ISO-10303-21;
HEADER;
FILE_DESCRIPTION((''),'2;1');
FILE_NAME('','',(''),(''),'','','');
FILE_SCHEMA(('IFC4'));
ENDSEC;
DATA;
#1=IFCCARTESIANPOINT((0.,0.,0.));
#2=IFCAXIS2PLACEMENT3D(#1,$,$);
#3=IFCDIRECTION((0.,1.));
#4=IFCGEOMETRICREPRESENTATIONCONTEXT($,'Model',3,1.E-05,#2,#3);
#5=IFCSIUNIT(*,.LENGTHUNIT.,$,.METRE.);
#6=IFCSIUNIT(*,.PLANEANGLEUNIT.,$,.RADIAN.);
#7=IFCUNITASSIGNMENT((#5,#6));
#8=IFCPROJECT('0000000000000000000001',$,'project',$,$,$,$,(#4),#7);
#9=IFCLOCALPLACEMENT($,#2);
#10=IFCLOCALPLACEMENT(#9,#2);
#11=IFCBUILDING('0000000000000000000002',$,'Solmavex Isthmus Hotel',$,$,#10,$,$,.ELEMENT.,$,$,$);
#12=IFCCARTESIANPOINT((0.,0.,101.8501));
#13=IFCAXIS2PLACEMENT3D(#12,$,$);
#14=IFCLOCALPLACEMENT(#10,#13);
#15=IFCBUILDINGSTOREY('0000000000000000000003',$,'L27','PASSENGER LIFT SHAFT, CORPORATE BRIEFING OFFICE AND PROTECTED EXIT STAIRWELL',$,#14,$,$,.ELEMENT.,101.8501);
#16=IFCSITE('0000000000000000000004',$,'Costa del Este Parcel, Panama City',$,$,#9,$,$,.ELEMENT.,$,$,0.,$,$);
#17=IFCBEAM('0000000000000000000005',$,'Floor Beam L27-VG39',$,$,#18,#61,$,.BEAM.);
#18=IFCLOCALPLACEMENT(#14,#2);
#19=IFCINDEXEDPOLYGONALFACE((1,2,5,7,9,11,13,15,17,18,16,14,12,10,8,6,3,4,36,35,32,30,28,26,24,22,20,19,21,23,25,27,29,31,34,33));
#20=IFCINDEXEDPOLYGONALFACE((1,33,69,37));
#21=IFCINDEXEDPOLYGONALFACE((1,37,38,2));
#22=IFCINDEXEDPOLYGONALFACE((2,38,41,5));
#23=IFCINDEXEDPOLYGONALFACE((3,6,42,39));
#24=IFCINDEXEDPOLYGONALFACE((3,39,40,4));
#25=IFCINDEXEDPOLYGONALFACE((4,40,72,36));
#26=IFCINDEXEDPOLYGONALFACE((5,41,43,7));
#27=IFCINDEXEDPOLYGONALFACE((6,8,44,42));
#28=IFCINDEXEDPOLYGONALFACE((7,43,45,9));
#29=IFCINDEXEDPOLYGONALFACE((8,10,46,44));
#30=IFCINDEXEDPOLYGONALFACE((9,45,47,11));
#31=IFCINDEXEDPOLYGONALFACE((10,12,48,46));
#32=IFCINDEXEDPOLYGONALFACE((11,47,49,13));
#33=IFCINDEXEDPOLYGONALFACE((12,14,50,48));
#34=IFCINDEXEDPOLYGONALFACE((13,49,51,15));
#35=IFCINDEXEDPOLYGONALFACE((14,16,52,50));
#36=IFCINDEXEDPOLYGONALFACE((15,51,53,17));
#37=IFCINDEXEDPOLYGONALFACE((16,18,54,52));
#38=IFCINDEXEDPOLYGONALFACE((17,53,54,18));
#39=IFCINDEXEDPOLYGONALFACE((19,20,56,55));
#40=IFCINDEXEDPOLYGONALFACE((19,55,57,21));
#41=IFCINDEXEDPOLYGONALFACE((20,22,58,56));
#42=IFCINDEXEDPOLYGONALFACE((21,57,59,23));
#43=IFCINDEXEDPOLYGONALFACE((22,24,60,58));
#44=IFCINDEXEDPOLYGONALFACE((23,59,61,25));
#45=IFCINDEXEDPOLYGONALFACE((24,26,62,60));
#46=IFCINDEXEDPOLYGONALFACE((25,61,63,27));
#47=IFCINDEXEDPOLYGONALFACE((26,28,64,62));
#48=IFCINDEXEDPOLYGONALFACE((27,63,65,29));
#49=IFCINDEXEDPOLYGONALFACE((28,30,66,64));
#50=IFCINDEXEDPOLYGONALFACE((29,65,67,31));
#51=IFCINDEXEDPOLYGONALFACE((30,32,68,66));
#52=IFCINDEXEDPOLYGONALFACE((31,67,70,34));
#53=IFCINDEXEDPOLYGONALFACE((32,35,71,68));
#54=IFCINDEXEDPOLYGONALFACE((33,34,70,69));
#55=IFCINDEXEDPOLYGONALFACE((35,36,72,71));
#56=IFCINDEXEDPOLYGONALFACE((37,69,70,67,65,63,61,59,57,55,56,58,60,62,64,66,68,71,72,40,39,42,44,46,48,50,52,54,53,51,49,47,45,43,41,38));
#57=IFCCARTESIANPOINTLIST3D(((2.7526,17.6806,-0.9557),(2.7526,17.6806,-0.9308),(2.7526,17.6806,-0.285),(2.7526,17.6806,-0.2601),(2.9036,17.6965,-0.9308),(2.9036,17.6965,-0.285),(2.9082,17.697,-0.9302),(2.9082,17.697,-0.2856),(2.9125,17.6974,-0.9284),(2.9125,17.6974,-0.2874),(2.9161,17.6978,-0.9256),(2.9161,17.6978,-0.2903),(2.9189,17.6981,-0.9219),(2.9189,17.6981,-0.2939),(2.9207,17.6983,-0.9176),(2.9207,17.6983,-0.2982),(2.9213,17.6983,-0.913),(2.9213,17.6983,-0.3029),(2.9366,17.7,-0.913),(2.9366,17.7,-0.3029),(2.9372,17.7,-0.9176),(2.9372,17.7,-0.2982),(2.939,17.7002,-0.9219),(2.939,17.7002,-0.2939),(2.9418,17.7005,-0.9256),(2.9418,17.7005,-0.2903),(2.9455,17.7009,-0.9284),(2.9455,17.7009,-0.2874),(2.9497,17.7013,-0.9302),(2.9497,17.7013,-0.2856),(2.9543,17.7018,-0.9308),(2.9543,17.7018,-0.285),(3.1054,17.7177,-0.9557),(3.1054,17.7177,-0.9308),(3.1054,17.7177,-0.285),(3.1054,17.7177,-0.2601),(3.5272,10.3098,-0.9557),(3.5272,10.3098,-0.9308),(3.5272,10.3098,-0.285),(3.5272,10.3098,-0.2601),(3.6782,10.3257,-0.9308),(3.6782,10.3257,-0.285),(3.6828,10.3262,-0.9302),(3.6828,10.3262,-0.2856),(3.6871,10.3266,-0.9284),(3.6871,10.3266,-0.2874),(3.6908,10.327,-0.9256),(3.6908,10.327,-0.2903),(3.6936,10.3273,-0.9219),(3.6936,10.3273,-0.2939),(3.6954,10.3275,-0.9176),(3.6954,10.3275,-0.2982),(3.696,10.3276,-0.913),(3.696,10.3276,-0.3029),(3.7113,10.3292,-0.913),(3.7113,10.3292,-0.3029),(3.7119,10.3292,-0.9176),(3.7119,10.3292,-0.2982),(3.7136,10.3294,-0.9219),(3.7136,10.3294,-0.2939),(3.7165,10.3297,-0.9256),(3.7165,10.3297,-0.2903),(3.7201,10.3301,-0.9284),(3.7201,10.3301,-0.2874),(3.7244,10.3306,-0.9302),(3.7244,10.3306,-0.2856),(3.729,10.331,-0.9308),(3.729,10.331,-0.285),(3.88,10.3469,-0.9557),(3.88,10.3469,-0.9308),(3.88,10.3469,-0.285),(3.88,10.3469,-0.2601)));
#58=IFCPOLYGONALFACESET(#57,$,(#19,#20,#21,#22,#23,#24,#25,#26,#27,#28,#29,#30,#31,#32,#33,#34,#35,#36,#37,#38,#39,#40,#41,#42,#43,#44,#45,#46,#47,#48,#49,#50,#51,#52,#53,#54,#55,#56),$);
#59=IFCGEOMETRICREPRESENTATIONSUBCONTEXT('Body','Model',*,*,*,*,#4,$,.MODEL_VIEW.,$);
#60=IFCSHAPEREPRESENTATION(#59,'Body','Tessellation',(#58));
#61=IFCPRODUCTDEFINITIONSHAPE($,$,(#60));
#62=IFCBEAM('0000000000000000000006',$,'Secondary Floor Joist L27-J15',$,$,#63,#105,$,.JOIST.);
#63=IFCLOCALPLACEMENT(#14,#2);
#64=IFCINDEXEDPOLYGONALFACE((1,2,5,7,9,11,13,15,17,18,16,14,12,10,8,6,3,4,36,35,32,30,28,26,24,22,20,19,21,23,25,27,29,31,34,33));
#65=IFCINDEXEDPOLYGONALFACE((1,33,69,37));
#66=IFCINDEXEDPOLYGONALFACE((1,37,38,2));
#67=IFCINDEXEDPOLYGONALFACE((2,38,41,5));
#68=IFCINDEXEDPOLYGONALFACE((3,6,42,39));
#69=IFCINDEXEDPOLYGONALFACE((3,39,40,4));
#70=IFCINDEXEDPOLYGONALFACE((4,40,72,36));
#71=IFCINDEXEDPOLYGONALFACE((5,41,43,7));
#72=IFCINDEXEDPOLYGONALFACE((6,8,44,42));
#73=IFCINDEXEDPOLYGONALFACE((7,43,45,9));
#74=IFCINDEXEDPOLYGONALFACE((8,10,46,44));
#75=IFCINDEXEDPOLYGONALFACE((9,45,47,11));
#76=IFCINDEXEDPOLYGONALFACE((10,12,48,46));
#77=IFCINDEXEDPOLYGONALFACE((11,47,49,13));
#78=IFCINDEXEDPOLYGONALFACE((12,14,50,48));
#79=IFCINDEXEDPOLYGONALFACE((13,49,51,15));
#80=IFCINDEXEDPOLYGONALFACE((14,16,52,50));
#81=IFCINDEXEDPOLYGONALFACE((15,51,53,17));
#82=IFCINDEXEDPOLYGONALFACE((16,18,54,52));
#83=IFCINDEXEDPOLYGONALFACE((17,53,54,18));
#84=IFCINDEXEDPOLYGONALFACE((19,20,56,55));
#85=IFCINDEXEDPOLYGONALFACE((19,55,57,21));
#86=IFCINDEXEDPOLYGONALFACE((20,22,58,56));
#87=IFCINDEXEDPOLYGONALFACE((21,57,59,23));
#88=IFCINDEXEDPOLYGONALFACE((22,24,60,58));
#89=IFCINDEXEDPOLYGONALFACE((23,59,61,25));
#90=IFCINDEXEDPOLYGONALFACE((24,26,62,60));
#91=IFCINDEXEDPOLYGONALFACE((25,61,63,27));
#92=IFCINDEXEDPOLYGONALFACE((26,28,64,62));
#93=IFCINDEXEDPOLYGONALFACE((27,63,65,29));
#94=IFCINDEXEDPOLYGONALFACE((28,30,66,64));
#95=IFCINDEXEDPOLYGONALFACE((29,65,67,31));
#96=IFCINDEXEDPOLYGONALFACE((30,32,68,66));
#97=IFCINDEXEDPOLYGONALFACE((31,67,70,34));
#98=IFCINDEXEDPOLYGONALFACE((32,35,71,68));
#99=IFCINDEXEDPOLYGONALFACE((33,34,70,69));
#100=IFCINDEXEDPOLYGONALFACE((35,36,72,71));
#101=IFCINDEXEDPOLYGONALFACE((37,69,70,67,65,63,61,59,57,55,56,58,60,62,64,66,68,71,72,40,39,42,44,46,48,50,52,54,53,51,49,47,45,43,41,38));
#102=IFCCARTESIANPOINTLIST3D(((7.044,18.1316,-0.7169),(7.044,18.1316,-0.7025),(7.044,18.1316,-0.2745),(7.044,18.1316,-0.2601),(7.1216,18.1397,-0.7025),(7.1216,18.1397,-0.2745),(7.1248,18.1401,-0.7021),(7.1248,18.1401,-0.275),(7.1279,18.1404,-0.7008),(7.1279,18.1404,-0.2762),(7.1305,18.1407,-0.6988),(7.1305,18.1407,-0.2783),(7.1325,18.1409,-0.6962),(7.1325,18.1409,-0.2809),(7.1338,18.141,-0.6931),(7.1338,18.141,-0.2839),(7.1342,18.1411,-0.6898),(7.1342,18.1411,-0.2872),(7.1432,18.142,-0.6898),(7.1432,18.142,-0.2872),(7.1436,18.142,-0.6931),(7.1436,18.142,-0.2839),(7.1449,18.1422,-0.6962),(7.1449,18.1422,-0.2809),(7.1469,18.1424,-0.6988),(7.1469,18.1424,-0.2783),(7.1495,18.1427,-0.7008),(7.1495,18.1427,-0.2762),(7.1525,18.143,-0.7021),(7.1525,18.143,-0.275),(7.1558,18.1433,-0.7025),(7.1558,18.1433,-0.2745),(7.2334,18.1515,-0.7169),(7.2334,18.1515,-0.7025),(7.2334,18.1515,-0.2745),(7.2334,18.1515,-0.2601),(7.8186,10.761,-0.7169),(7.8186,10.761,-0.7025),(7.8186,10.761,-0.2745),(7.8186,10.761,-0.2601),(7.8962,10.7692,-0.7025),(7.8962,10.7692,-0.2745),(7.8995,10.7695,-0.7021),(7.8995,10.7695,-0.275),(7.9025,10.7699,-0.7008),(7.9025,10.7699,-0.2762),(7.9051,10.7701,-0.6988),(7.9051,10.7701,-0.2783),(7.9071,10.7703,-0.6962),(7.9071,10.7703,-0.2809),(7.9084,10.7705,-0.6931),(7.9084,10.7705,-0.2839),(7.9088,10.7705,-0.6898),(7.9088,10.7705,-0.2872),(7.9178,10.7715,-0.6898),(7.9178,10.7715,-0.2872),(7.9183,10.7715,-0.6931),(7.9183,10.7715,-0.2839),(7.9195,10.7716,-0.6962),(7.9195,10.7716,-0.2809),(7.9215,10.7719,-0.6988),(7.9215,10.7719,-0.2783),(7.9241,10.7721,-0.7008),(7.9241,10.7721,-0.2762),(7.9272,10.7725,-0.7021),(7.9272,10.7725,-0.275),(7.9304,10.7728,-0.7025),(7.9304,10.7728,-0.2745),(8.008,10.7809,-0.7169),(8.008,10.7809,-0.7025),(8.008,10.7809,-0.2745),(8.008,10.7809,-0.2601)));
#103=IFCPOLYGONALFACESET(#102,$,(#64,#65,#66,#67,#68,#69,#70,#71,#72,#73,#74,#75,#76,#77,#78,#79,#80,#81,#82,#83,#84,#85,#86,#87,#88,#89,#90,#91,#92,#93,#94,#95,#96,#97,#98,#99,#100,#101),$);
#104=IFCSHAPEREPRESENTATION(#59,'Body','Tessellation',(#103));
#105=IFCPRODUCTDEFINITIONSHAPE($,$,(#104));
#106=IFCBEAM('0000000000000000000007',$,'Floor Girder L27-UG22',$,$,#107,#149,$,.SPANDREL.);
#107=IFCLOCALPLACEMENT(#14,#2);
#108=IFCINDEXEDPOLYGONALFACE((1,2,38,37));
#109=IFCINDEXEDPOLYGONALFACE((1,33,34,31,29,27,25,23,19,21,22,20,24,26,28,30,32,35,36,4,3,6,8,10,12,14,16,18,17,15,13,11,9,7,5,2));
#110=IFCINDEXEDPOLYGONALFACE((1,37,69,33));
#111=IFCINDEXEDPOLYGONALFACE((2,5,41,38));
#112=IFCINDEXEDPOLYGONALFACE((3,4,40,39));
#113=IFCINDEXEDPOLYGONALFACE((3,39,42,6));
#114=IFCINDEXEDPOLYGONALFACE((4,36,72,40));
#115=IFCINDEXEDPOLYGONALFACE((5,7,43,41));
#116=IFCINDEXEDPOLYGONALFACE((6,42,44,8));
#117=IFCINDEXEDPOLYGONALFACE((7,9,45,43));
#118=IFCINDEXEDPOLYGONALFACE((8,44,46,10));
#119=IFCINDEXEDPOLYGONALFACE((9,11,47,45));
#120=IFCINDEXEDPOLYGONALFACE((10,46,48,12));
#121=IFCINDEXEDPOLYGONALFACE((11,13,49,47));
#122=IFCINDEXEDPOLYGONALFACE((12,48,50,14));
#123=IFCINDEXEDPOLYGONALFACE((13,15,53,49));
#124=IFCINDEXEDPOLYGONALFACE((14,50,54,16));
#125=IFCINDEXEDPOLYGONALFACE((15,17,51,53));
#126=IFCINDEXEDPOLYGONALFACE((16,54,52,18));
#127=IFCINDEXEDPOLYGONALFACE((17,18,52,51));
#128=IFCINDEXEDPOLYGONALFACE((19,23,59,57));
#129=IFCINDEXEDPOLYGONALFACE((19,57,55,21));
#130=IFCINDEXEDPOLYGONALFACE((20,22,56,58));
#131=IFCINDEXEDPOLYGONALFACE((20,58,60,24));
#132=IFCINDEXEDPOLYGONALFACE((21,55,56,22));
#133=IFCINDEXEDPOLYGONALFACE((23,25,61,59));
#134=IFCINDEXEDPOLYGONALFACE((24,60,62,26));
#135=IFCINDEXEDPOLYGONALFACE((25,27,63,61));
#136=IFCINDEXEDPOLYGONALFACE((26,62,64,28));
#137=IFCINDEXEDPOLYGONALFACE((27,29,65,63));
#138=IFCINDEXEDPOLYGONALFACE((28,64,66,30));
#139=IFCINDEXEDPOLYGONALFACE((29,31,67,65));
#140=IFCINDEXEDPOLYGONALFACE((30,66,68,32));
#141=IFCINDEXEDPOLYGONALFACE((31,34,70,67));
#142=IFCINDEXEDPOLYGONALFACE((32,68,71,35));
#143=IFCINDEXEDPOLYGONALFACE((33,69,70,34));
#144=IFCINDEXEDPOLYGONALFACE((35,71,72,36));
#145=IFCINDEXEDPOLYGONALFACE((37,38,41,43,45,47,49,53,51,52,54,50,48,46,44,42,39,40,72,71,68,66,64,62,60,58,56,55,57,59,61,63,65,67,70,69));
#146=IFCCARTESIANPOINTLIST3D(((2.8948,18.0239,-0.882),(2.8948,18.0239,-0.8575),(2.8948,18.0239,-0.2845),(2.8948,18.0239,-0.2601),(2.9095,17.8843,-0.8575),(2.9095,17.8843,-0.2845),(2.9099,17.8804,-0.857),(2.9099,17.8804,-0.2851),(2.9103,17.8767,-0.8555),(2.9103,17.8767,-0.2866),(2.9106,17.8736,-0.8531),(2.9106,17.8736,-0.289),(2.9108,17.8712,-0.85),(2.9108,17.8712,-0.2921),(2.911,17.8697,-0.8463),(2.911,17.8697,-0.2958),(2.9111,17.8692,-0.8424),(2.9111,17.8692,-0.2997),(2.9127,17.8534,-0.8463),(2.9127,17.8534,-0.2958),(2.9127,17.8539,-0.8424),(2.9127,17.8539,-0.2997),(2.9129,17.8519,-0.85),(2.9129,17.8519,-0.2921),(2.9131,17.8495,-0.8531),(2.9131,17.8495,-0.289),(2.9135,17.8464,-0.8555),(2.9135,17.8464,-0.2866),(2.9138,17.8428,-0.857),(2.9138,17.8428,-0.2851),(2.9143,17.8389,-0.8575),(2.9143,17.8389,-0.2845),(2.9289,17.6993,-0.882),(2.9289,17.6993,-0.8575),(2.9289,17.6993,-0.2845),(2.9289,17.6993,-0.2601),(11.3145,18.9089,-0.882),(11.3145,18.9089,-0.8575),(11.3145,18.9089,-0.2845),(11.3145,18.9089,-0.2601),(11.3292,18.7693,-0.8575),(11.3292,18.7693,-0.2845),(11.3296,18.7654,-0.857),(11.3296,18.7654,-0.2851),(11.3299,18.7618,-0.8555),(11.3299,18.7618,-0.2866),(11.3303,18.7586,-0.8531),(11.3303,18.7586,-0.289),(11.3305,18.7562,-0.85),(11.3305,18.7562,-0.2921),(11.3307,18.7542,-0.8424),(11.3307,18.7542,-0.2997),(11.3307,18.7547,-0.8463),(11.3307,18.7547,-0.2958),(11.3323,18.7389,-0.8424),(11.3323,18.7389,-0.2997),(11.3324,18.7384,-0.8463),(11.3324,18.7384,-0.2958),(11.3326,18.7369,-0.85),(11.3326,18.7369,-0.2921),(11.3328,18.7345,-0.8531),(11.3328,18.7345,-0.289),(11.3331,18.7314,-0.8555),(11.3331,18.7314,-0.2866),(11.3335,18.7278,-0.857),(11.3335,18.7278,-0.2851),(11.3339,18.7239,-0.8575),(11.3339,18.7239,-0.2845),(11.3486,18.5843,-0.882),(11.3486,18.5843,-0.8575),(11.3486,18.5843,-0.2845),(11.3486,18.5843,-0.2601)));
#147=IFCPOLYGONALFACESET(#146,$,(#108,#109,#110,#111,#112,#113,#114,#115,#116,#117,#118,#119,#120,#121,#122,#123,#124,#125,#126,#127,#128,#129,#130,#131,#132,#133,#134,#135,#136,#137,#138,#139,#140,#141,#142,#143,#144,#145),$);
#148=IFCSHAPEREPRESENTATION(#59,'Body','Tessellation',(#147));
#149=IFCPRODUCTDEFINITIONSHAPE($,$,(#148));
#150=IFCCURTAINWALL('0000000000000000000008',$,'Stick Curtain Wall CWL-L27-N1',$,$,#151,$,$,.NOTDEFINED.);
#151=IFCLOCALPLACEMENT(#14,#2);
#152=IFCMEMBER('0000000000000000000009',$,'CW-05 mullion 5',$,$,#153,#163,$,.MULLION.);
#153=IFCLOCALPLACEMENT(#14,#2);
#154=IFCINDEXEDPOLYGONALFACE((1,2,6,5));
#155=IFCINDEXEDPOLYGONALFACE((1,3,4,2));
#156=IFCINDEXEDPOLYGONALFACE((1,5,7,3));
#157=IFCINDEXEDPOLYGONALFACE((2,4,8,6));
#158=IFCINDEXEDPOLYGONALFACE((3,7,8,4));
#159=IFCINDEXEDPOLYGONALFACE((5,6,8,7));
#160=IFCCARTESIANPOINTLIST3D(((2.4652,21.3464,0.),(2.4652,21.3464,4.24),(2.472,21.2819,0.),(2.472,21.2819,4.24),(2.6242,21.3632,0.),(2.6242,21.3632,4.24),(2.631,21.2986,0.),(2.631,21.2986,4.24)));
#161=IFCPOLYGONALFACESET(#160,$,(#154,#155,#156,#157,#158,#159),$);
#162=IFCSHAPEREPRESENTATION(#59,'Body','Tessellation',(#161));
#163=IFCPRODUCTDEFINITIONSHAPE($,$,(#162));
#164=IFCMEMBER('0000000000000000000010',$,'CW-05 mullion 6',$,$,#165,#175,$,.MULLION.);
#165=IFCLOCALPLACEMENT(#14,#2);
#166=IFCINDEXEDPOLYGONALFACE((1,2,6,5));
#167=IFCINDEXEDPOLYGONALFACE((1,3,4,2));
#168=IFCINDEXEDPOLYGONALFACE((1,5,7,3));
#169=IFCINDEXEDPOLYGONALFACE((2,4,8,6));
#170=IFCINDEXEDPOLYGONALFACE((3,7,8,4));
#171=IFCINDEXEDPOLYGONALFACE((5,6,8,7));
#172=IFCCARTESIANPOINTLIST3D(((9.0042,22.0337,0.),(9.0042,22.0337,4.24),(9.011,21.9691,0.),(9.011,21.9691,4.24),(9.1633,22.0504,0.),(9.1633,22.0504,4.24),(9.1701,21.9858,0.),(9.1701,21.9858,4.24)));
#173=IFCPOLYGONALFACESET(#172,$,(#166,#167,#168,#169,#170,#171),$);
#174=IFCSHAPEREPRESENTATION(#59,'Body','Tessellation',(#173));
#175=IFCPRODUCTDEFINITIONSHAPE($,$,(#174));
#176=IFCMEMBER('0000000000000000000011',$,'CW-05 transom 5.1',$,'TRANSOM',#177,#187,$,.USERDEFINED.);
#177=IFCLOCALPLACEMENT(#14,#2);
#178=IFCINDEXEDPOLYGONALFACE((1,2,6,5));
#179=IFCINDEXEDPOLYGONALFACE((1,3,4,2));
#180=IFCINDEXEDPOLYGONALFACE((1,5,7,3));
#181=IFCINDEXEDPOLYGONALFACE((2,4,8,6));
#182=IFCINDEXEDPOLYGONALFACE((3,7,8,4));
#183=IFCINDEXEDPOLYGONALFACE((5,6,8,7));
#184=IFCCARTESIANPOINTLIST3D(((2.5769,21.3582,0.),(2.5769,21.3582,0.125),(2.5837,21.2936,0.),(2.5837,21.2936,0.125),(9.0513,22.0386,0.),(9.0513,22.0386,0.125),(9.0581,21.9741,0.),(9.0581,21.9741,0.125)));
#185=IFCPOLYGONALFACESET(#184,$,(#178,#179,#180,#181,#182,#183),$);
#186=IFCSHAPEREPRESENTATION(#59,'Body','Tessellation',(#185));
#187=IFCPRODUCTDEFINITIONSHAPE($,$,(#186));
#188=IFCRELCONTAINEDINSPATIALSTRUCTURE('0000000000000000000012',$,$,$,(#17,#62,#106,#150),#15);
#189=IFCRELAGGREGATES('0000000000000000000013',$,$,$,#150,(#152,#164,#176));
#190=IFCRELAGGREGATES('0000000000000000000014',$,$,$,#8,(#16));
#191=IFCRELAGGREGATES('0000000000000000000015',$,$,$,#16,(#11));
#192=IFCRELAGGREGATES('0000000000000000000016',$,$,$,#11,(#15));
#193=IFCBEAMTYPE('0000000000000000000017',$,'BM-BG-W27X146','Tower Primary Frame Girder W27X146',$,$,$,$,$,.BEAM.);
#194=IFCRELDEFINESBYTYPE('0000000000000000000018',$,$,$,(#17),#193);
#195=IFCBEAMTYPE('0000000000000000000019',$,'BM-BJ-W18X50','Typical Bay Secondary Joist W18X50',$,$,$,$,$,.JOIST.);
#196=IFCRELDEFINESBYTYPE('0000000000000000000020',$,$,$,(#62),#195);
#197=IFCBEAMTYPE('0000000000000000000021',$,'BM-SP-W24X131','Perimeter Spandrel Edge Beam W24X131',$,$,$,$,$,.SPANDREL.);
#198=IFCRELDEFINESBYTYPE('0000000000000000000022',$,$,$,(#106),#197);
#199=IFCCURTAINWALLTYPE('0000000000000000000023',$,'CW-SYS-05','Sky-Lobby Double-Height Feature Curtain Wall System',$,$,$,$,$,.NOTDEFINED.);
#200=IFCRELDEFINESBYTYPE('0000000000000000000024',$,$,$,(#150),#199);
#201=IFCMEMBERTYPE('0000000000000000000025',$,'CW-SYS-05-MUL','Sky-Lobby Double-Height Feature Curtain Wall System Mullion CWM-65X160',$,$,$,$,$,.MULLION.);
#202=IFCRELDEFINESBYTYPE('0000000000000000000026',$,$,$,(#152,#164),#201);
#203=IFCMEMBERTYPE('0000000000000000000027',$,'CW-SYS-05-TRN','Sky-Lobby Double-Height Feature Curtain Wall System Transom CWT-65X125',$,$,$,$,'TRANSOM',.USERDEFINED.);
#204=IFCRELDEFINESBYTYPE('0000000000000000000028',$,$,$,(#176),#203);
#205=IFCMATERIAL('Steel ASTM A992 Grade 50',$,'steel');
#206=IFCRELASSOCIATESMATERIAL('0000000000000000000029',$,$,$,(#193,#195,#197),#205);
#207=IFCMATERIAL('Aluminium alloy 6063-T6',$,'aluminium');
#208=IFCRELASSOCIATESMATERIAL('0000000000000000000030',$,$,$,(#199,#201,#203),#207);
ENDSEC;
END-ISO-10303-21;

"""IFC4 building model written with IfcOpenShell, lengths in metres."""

from ifc_helpers import new_model, si_unit, direction, frame, origin, origin_2d, place, context, subcontext, project, spatial, rectangle, i_section, extrude, material, material_profile, profile_set, type_object, element, aggregate, save


model = new_model("IFC4")

# Units and contexts
model_context = context("Model", 3, precision=1e-05, world=origin(), true_north=direction((0.0, 1.0)))
body_context = subcontext(model_context, "Body", "Model", "MODEL_VIEW")
ifc_project = project(units=[si_unit("LENGTHUNIT", "METRE"), si_unit("PLANEANGLEUNIT", "RADIAN")], contexts=[model_context])

# Site, building, storey
site_placement = place(None, origin())
site = spatial("IfcSite", under=ifc_project, at=site_placement, Name="Costa del Este Parcel, Panama City", CompositionType="ELEMENT", RefElevation=0.0)
building_placement = place(site_placement, origin())
building = spatial("IfcBuilding", under=site, at=building_placement, Name="Solmavex Isthmus Hotel", CompositionType="ELEMENT")
storey_placement = place(building_placement, frame((0.0, 0.0, 101.8501)))
storey = spatial("IfcBuildingStorey", under=building, at=storey_placement, Name="L27", Description="PASSENGER LIFT SHAFT, CORPORATE BRIEFING OFFICE AND PROTECTED EXIT STAIRWELL", CompositionType="ELEMENT", Elevation=101.8501)

# Beams
ifc_material_1 = material(Name="Steel ASTM A992 Grade 50", Category="steel")
ifc_material_profile_1 = material_profile(ifc_material_1, i_section(OverallWidth=0.3547, OverallDepth=0.6956, WebThickness=0.0154, FlangeThickness=0.0249, FilletRadius=0.0178, at=origin_2d()), Name="W27X146")
ifc_profile_set_1 = profile_set([ifc_material_profile_1], Name="Steel ASTM A992 Grade 50")
beam_type_1 = type_object("IfcBeamType", Name="BM-BG-W27X146", Description="Tower Primary Frame Girder W27X146", PredefinedType="BEAM", material=ifc_profile_set_1)
beam_1_placement = place(storey_placement, frame((3.7036, 10.3284, -0.6079), z_axis=(-0.104522, 0.994523, 0.0), x_axis=(-0.994523, -0.104522, 0.0)))
element("IfcBeam", 1, at=beam_1_placement, inside=storey, type_object=beam_type_1, Name="Floor Beam L27-VG39", PredefinedType="BEAM", context=body_context, shape_type="SweptSolid", body=[
    extrude(i_section(OverallWidth=0.3547, OverallDepth=0.6956, WebThickness=0.0154, FlangeThickness=0.0249, FilletRadius=0.0178, at=origin_2d()), origin(), (0.0, 0.0, 1.0), 7.4114),
])
ifc_material_profile_2 = material_profile(ifc_material_1, i_section(OverallWidth=0.1904, OverallDepth=0.4568, WebThickness=0.009, FlangeThickness=0.0144, FilletRadius=0.0127, at=origin_2d()), Name="W18X50")
ifc_profile_set_2 = profile_set([ifc_material_profile_2], Name="Steel ASTM A992 Grade 50")
beam_type_2 = type_object("IfcBeamType", Name="BM-BJ-W18X50", Description="Typical Bay Secondary Joist W18X50", PredefinedType="JOIST", material=ifc_profile_set_2)
beam_2_placement = place(storey_placement, frame((7.9133, 10.771, -0.4885), z_axis=(-0.104525, 0.994522, 0.0), x_axis=(-0.994522, -0.104525, 0.0)))
element("IfcBeam", 2, at=beam_2_placement, inside=storey, type_object=beam_type_2, Name="Secondary Floor Joist L27-J15", PredefinedType="JOIST", context=body_context, shape_type="SweptSolid", body=[
    extrude(i_section(OverallWidth=0.1904, OverallDepth=0.4568, WebThickness=0.009, FlangeThickness=0.0144, FilletRadius=0.0127, at=origin_2d()), origin(), (0.0, 0.0, 1.0), 7.4111),
])
ifc_material_profile_3 = material_profile(ifc_material_1, i_section(OverallWidth=0.3264, OverallDepth=0.6218, WebThickness=0.0154, FlangeThickness=0.0244, FilletRadius=0.0151, at=origin_2d()), Name="W24X131")
ifc_profile_set_3 = profile_set([ifc_material_profile_3], Name="Steel ASTM A992 Grade 50")
beam_type_3 = type_object("IfcBeamType", Name="BM-SP-W24X131", Description="Perimeter Spandrel Edge Beam W24X131", PredefinedType="SPANDREL", material=ifc_profile_set_3)
beam_3_placement = place(storey_placement, frame((2.9119, 17.8616, -0.571), z_axis=(0.994521, 0.104536, 0.0), x_axis=(-0.104536, 0.994521, 0.0)))
element("IfcBeam", 3, at=beam_3_placement, inside=storey, type_object=beam_type_3, Name="Floor Girder L27-UG22", PredefinedType="SPANDREL", context=body_context, shape_type="SweptSolid", body=[
    extrude(i_section(OverallWidth=0.3264, OverallDepth=0.6218, WebThickness=0.0154, FlangeThickness=0.0244, FilletRadius=0.0151, at=origin_2d()), origin(), (0.0, 0.0, 1.0), 8.4661),
])

# Curtain wall, members
ifc_material_2 = material(Name="Aluminium alloy 6063-T6", Category="aluminium")
curtain_wall_type = type_object("IfcCurtainWallType", Name="CW-SYS-05", Description="Sky-Lobby Double-Height Feature Curtain Wall System", PredefinedType="NOTDEFINED", material=ifc_material_2)
curtain_wall_placement = place(storey_placement, origin())
curtain_wall = element("IfcCurtainWall", 4, at=curtain_wall_placement, inside=storey, type_object=curtain_wall_type, Name="Stick Curtain Wall CWL-L27-N1", PredefinedType="NOTDEFINED")
ifc_material_profile_4 = material_profile(ifc_material_2, rectangle(XDim=0.0649, YDim=0.1599, at=origin_2d()), Name="CWM-65X160")
ifc_profile_set_4 = profile_set([ifc_material_profile_4], Name="Aluminium alloy 6063-T6")
member_type_1 = type_object("IfcMemberType", Name="CW-SYS-05-MUL", Description="Sky-Lobby Double-Height Feature Curtain Wall System Mullion CWM-65X160", PredefinedType="MULLION", material=ifc_profile_set_4)
member_1_placement = place(storey_placement, frame((2.5481, 21.3225, 0.0), z_axis=(0.0, 0.0, 1.0), x_axis=(-0.104528, 0.994522, 0.0)))
member_1 = element("IfcMember", 5, at=member_1_placement, type_object=member_type_1, Name="CW-05 mullion 5", PredefinedType="MULLION", context=body_context, shape_type="SweptSolid", body=[
    extrude(rectangle(XDim=0.0649, YDim=0.1599, at=origin_2d()), origin(), (0.0, 0.0, 1.0), 4.24),
])
member_2_placement = place(storey_placement, frame((9.0872, 22.0098, 0.0), z_axis=(0.0, 0.0, 1.0), x_axis=(-0.104528, 0.994522, 0.0)))
member_2 = element("IfcMember", 6, at=member_2_placement, type_object=member_type_1, Name="CW-05 mullion 6", PredefinedType="MULLION", context=body_context, shape_type="SweptSolid", body=[
    extrude(rectangle(XDim=0.0649, YDim=0.1599, at=origin_2d()), origin(), (0.0, 0.0, 1.0), 4.24),
])
ifc_material_profile_5 = material_profile(ifc_material_2, rectangle(XDim=0.0649, YDim=0.125, at=origin_2d()), Name="CWT-65X125")
ifc_profile_set_5 = profile_set([ifc_material_profile_5], Name="Aluminium alloy 6063-T6")
member_type_2 = type_object("IfcMemberType", Name="CW-SYS-05-TRN", Description="Sky-Lobby Double-Height Feature Curtain Wall System Transom CWT-65X125", ElementType="TRANSOM", PredefinedType="USERDEFINED", material=ifc_profile_set_5)
member_3_placement = place(storey_placement, frame((2.5803, 21.3259, 0.0625), z_axis=(0.994523, 0.104519, 0.0), x_axis=(-0.104519, 0.994523, 0.0)))
member_3 = element("IfcMember", 7, at=member_3_placement, type_object=member_type_2, Name="CW-05 transom 5.1", ObjectType="TRANSOM", PredefinedType="USERDEFINED", context=body_context, shape_type="SweptSolid", body=[
    extrude(rectangle(XDim=0.0649, YDim=0.125, at=origin_2d()), origin(), (0.0, 0.0, 1.0), 6.51),
])
aggregate(curtain_wall, [member_1, member_2, member_3])

save(model, "model.ifc")
